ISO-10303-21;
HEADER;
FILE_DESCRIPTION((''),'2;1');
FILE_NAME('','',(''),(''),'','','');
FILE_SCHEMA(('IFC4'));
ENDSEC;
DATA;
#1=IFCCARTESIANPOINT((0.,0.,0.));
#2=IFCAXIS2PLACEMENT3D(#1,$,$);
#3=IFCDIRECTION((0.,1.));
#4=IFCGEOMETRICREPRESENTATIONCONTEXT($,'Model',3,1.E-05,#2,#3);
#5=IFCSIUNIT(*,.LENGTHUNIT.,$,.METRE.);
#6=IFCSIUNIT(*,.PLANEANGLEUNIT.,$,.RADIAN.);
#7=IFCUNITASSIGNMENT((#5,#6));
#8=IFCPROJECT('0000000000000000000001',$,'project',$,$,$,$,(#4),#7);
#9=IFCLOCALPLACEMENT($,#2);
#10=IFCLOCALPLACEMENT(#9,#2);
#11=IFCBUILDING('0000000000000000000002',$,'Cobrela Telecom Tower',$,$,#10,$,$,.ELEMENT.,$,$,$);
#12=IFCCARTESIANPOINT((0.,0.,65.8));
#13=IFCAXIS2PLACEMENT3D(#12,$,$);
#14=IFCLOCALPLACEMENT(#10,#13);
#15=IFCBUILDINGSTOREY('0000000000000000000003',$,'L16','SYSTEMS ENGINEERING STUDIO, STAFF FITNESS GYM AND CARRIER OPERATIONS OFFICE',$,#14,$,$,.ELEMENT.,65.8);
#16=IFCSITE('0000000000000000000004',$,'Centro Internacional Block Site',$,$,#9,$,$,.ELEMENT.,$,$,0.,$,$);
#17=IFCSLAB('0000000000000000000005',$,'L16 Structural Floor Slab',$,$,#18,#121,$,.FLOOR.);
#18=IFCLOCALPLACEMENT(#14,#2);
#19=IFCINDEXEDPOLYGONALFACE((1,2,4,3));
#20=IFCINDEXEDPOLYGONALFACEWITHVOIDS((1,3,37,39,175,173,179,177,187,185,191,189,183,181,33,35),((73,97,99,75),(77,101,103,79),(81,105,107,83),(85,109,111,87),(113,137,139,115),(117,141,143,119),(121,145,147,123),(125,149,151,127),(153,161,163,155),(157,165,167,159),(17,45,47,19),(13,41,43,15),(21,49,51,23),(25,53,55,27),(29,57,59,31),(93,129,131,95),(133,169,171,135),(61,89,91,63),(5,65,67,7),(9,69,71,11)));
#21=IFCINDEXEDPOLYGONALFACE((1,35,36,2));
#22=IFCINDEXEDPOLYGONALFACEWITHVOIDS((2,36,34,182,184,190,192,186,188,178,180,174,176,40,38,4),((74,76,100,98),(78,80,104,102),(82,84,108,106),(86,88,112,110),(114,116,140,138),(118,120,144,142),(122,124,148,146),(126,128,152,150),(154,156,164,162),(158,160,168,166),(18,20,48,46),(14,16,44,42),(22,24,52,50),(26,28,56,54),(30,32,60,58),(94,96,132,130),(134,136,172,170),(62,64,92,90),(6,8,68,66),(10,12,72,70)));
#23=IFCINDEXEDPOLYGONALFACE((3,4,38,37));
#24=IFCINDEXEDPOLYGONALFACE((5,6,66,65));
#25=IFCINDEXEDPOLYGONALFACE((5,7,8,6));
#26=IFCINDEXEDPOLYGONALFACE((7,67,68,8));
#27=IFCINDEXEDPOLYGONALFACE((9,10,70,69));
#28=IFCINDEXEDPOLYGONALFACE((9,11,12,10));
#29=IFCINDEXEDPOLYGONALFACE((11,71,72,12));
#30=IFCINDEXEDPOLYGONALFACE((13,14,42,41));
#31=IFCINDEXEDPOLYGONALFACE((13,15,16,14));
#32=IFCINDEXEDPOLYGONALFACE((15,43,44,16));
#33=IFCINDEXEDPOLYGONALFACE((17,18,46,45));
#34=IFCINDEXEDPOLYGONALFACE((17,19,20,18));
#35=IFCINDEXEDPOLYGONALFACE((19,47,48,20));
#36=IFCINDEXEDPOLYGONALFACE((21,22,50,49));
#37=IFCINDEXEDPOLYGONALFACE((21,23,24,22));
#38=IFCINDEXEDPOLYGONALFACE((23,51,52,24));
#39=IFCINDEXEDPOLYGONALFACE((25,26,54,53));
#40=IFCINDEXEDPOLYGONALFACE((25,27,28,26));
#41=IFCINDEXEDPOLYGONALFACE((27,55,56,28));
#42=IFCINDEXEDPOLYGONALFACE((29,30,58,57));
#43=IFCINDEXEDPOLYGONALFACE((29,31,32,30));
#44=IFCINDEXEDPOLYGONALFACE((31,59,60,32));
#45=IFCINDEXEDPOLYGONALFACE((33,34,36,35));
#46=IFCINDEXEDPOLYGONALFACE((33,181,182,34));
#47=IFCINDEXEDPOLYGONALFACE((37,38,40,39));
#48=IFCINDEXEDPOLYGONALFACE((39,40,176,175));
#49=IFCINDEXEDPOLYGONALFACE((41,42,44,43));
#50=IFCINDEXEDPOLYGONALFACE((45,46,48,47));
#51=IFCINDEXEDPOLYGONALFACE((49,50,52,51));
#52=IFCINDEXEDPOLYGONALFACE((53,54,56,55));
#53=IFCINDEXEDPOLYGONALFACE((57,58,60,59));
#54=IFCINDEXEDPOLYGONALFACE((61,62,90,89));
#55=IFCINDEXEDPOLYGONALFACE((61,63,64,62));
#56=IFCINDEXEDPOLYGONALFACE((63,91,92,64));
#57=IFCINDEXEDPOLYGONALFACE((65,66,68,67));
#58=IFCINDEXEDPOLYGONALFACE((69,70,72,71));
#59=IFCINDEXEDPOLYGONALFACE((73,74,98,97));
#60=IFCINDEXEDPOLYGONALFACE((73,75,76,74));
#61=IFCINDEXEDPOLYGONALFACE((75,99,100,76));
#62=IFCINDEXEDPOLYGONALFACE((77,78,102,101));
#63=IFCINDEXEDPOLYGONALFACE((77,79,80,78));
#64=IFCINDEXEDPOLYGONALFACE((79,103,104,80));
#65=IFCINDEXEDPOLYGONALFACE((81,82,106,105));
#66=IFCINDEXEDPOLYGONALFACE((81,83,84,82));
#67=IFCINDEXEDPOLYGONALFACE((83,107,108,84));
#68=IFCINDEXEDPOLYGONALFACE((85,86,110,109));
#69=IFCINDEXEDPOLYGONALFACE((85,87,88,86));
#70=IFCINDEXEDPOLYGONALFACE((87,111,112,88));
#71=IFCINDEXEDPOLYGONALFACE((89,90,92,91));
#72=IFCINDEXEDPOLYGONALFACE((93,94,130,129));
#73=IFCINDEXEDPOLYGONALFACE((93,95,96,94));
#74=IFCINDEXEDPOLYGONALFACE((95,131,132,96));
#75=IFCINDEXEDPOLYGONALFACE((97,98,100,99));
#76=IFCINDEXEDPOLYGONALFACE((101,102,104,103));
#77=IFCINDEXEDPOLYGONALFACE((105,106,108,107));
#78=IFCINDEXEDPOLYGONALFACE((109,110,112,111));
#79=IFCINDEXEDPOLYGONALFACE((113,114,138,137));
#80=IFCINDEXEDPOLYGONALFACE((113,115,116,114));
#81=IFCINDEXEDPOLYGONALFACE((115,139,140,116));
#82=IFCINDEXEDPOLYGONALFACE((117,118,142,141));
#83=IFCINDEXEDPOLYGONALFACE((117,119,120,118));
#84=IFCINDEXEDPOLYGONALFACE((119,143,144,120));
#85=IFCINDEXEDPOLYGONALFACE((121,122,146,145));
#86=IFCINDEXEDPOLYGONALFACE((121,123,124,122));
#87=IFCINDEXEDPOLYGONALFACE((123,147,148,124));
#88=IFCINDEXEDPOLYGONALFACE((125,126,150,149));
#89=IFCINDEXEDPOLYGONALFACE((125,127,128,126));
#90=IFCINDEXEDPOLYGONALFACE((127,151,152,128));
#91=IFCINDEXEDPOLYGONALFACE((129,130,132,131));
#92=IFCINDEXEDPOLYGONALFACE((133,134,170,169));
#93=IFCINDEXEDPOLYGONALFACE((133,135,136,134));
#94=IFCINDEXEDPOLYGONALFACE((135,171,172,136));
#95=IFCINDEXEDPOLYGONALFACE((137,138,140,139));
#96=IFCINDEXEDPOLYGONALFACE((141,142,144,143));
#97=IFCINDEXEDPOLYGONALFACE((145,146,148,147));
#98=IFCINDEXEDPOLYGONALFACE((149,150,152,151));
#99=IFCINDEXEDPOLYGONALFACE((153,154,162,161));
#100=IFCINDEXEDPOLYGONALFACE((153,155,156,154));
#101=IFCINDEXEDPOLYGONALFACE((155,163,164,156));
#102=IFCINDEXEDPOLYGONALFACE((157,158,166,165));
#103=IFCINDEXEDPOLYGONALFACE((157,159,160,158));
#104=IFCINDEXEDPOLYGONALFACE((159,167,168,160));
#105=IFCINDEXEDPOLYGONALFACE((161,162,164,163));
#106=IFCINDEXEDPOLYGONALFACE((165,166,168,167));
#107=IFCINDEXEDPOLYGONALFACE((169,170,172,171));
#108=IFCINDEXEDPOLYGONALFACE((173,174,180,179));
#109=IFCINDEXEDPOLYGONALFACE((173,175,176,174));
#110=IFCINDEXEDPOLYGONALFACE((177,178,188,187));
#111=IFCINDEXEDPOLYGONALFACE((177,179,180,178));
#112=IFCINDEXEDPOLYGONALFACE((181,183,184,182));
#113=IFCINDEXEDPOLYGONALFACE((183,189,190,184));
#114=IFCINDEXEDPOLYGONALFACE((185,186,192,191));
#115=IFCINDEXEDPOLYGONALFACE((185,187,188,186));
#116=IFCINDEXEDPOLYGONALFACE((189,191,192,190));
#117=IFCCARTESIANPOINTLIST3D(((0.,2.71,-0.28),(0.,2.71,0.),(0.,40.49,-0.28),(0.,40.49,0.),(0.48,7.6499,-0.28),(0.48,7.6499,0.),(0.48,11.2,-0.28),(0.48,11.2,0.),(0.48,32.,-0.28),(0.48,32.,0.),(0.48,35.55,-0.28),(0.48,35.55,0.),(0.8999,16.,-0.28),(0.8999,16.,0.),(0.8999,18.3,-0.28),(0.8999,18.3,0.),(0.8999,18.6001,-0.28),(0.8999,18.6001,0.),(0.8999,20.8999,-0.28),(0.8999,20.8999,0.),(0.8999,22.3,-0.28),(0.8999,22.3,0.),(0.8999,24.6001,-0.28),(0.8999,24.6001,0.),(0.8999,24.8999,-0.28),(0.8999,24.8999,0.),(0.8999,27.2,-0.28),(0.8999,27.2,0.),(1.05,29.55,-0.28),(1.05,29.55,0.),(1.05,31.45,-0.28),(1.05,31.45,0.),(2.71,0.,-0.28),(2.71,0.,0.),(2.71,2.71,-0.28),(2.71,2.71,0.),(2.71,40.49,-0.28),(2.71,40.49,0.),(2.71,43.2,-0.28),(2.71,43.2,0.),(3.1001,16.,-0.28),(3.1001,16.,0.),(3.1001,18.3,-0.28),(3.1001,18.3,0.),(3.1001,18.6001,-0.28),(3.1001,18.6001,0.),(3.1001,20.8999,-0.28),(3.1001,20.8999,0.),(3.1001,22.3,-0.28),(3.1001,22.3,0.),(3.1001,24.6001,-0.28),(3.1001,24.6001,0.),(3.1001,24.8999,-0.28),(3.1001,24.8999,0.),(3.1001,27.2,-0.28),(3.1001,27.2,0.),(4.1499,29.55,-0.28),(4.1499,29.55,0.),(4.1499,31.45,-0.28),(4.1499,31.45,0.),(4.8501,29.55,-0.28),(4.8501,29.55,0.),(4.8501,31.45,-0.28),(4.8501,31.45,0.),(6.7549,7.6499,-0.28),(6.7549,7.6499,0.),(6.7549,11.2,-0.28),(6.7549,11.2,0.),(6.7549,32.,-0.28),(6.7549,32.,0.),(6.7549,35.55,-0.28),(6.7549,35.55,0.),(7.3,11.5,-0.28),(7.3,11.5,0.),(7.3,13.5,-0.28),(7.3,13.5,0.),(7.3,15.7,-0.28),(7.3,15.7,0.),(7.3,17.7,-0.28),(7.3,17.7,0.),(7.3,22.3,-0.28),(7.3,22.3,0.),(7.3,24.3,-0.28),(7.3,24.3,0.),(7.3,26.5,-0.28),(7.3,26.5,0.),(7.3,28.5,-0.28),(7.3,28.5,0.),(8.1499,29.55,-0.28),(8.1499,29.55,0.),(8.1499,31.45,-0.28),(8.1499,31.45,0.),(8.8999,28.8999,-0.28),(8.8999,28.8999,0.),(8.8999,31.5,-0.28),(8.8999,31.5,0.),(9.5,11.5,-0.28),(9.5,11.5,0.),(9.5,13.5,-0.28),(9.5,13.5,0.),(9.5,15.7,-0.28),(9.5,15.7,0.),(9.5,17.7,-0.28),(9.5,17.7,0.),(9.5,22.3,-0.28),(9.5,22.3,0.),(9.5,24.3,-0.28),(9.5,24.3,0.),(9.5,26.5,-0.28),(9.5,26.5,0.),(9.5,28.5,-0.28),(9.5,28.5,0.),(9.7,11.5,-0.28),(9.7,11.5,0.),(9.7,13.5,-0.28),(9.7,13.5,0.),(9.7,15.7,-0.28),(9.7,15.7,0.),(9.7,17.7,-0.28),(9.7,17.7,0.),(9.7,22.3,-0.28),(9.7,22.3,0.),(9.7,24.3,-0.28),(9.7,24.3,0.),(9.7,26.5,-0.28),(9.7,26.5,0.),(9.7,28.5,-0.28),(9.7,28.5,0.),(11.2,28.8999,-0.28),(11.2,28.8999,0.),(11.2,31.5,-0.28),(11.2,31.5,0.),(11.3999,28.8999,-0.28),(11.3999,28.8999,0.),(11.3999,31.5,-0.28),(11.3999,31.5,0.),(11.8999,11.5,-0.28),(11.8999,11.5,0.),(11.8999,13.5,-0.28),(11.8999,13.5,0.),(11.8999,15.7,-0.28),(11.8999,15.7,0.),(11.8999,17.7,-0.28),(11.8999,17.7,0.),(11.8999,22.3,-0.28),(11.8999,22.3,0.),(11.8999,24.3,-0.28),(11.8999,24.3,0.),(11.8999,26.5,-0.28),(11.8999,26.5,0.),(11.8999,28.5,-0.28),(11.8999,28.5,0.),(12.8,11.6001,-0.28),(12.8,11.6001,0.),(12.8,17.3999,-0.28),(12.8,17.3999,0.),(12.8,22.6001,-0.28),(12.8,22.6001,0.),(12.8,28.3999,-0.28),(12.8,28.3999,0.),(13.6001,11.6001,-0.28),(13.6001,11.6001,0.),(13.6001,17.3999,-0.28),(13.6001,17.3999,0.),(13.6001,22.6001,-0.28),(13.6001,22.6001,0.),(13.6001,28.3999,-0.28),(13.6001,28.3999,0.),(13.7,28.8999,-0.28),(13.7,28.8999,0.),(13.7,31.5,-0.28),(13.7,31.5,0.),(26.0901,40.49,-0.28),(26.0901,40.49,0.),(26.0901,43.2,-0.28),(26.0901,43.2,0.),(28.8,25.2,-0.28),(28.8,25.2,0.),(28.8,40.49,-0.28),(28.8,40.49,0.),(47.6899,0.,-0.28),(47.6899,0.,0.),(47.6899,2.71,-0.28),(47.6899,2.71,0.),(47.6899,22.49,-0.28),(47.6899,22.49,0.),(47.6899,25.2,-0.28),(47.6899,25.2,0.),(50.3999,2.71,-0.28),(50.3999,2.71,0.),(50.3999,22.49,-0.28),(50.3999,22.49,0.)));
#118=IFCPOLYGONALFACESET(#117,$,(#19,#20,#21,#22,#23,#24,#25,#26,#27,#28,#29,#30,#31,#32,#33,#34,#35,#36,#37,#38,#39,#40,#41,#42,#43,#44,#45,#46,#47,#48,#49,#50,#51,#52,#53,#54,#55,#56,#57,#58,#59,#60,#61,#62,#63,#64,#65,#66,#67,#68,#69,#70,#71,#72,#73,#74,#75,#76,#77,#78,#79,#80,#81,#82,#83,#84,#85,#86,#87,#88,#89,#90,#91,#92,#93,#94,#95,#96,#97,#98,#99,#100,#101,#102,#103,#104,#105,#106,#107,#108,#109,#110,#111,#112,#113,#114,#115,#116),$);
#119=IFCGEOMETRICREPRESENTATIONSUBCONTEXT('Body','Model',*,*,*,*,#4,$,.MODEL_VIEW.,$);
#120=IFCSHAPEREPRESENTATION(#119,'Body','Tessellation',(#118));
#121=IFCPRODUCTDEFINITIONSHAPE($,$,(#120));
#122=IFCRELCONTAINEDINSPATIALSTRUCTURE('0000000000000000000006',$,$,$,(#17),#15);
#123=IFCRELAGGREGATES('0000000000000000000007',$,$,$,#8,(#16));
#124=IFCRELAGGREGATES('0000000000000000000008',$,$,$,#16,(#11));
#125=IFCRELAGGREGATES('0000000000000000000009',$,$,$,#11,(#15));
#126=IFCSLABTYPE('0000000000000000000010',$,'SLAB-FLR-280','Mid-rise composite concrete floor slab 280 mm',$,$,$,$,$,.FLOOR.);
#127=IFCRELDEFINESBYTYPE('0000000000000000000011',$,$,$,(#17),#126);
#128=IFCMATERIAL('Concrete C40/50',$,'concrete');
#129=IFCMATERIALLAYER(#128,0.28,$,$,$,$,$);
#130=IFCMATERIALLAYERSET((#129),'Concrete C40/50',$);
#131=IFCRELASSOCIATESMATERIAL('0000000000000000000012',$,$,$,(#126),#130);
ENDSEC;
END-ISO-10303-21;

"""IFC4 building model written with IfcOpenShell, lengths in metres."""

from ifc_helpers import new_model, si_unit, direction, frame, origin, place, context, subcontext, project, spatial, polyline, outline, extrude, material, layer, layer_set, type_object, element, save


model = new_model("IFC4")

# Units and contexts
model_context = context("Model", 3, precision=1e-05, world=origin(), true_north=direction((0.0, 1.0)))
body_context = subcontext(model_context, "Body", "Model", "MODEL_VIEW")
ifc_project = project(units=[si_unit("LENGTHUNIT", "METRE"), si_unit("PLANEANGLEUNIT", "RADIAN")], contexts=[model_context])

# Site, building, storey
site_placement = place(None, origin())
site = spatial("IfcSite", under=ifc_project, at=site_placement, Name="Centro Internacional Block Site", CompositionType="ELEMENT", RefElevation=0.0)
building_placement = place(site_placement, origin())
building = spatial("IfcBuilding", under=site, at=building_placement, Name="Cobrela Telecom Tower", CompositionType="ELEMENT")
storey_placement = place(building_placement, frame((0.0, 0.0, 65.8)))
storey = spatial("IfcBuildingStorey", under=building, at=storey_placement, Name="L16", Description="SYSTEMS ENGINEERING STUDIO, STAFF FITNESS GYM AND CARRIER OPERATIONS OFFICE", CompositionType="ELEMENT", Elevation=65.8)

# Slab, openings
ifc_material_1 = material(Name="Concrete C40/50", Category="concrete")
ifc_layer_1 = layer(ifc_material_1, 0.28)
ifc_layer_set_1 = layer_set([ifc_layer_1], Name="Concrete C40/50")
slab_type_1 = type_object("IfcSlabType", Name="SLAB-FLR-280", Description="Mid-rise composite concrete floor slab 280 mm", PredefinedType="FLOOR", material=ifc_layer_set_1)
slab_1_placement = place(storey_placement, frame((0.0, 0.0, -0.28)))
slab_1 = element("IfcSlab", 1, at=slab_1_placement, inside=storey, type_object=slab_type_1, Name="L16 Structural Floor Slab", PredefinedType="FLOOR", context=body_context, shape_type="SweptSolid", body=[
    extrude(outline(polyline([(2.71, 0.0), (47.6899, 0.0), (47.6899, 2.71), (50.3999, 2.71), (50.3999, 22.49), (47.6899, 22.49), (47.6899, 25.2), (28.8, 25.2), (28.8, 40.49), (26.0901, 40.49), (26.0901, 43.2), (2.71, 43.2), (2.71, 40.49), (0.0, 40.49), (0.0, 2.71), (2.71, 2.71), (2.71, 0.0)])), origin(), (0.0, 0.0, 1.0), 0.28),
])
opening_1_placement = place(slab_1_placement, frame((0.0, 0.0, -0.02)))
element("IfcOpeningElement", 2, at=opening_1_placement, cuts=slab_1, PredefinedType="OPENING", context=body_context, shape_type="SweptSolid", body=[
    extrude(outline(polyline([(8.8999, 28.8999), (11.2, 28.8999), (11.2, 31.5), (8.8999, 31.5), (8.8999, 28.8999)])), origin(), (0.0, 0.0, 1.0), 0.3201),
])
opening_2_placement = place(slab_1_placement, frame((0.0, 0.0, -0.02)))
element("IfcOpeningElement", 3, at=opening_2_placement, cuts=slab_1, PredefinedType="OPENING", context=body_context, shape_type="SweptSolid", body=[
    extrude(outline(polyline([(11.3999, 28.8999), (13.7, 28.8999), (13.7, 31.5), (11.3999, 31.5), (11.3999, 28.8999)])), origin(), (0.0, 0.0, 1.0), 0.3201),
])
opening_3_placement = place(slab_1_placement, frame((0.0, 0.0, -0.02)))
element("IfcOpeningElement", 4, at=opening_3_placement, cuts=slab_1, PredefinedType="OPENING", context=body_context, shape_type="SweptSolid", body=[
    extrude(outline(polyline([(7.3, 22.3), (9.5, 22.3), (9.5, 24.3), (7.3, 24.3), (7.3, 22.3)])), origin(), (0.0, 0.0, 1.0), 0.3201),
])
opening_4_placement = place(slab_1_placement, frame((0.0, 0.0, -0.02)))
element("IfcOpeningElement", 5, at=opening_4_placement, cuts=slab_1, PredefinedType="OPENING", context=body_context, shape_type="SweptSolid", body=[
    extrude(outline(polyline([(9.7, 22.3), (11.8999, 22.3), (11.8999, 24.3), (9.7, 24.3), (9.7, 22.3)])), origin(), (0.0, 0.0, 1.0), 0.3201),
])
opening_5_placement = place(slab_1_placement, frame((0.0, 0.0, -0.02)))
element("IfcOpeningElement", 6, at=opening_5_placement, cuts=slab_1, PredefinedType="OPENING", context=body_context, shape_type="SweptSolid", body=[
    extrude(outline(polyline([(7.3, 26.5), (9.5, 26.5), (9.5, 28.5), (7.3, 28.5), (7.3, 26.5)])), origin(), (0.0, 0.0, 1.0), 0.3201),
])
opening_6_placement = place(slab_1_placement, frame((0.0, 0.0, -0.02)))
element("IfcOpeningElement", 7, at=opening_6_placement, cuts=slab_1, PredefinedType="OPENING", context=body_context, shape_type="SweptSolid", body=[
    extrude(outline(polyline([(9.7, 26.5), (11.8999, 26.5), (11.8999, 28.5), (9.7, 28.5), (9.7, 26.5)])), origin(), (0.0, 0.0, 1.0), 0.3201),
])
opening_7_placement = place(slab_1_placement, frame((0.0, 0.0, -0.02)))
element("IfcOpeningElement", 8, at=opening_7_placement, cuts=slab_1, PredefinedType="OPENING", context=body_context, shape_type="SweptSolid", body=[
    extrude(outline(polyline([(7.3, 15.7), (9.5, 15.7), (9.5, 17.7), (7.3, 17.7), (7.3, 15.7)])), origin(), (0.0, 0.0, 1.0), 0.3201),
])
opening_8_placement = place(slab_1_placement, frame((0.0, 0.0, -0.02)))
element("IfcOpeningElement", 9, at=opening_8_placement, cuts=slab_1, PredefinedType="OPENING", context=body_context, shape_type="SweptSolid", body=[
    extrude(outline(polyline([(9.7, 15.7), (11.8999, 15.7), (11.8999, 17.7), (9.7, 17.7), (9.7, 15.7)])), origin(), (0.0, 0.0, 1.0), 0.3201),
])
opening_9_placement = place(slab_1_placement, frame((0.0, 0.0, -0.02)))
element("IfcOpeningElement", 10, at=opening_9_placement, cuts=slab_1, PredefinedType="OPENING", context=body_context, shape_type="SweptSolid", body=[
    extrude(outline(polyline([(7.3, 11.5), (9.5, 11.5), (9.5, 13.5), (7.3, 13.5), (7.3, 11.5)])), origin(), (0.0, 0.0, 1.0), 0.3201),
])
opening_10_placement = place(slab_1_placement, frame((0.0, 0.0, -0.02)))
element("IfcOpeningElement", 11, at=opening_10_placement, cuts=slab_1, PredefinedType="OPENING", context=body_context, shape_type="SweptSolid", body=[
    extrude(outline(polyline([(9.7, 11.5), (11.8999, 11.5), (11.8999, 13.5), (9.7, 13.5), (9.7, 11.5)])), origin(), (0.0, 0.0, 1.0), 0.3201),
])
opening_11_placement = place(slab_1_placement, frame((0.0, 0.0, -0.02)))
element("IfcOpeningElement", 12, at=opening_11_placement, cuts=slab_1, PredefinedType="OPENING", context=body_context, shape_type="SweptSolid", body=[
    extrude(outline(polyline([(0.8999, 16.0), (3.1001, 16.0), (3.1001, 18.3), (0.8999, 18.3), (0.8999, 16.0)])), origin(), (0.0, 0.0, 1.0), 0.3201),
])
opening_12_placement = place(slab_1_placement, frame((0.0, 0.0, -0.02)))
element("IfcOpeningElement", 13, at=opening_12_placement, cuts=slab_1, PredefinedType="OPENING", context=body_context, shape_type="SweptSolid", body=[
    extrude(outline(polyline([(0.8999, 18.6001), (3.1001, 18.6001), (3.1001, 20.8999), (0.8999, 20.8999), (0.8999, 18.6001)])), origin(), (0.0, 0.0, 1.0), 0.3201),
])
opening_13_placement = place(slab_1_placement, frame((0.0, 0.0, -0.02)))
element("IfcOpeningElement", 14, at=opening_13_placement, cuts=slab_1, PredefinedType="OPENING", context=body_context, shape_type="SweptSolid", body=[
    extrude(outline(polyline([(0.8999, 22.3), (3.1001, 22.3), (3.1001, 24.6001), (0.8999, 24.6001), (0.8999, 22.3)])), origin(), (0.0, 0.0, 1.0), 0.3201),
])
opening_14_placement = place(slab_1_placement, frame((0.0, 0.0, -0.02)))
element("IfcOpeningElement", 15, at=opening_14_placement, cuts=slab_1, PredefinedType="OPENING", context=body_context, shape_type="SweptSolid", body=[
    extrude(outline(polyline([(0.8999, 24.8999), (3.1001, 24.8999), (3.1001, 27.2), (0.8999, 27.2), (0.8999, 24.8999)])), origin(), (0.0, 0.0, 1.0), 0.3201),
])
opening_15_placement = place(slab_1_placement, frame((0.0, 0.0, -0.02)))
element("IfcOpeningElement", 16, at=opening_15_placement, cuts=slab_1, PredefinedType="OPENING", context=body_context, shape_type="SweptSolid", body=[
    extrude(outline(polyline([(1.05, 29.55), (4.1499, 29.55), (4.1499, 31.45), (1.05, 31.45), (1.05, 29.55)])), origin(), (0.0, 0.0, 1.0), 0.3201),
])
opening_16_placement = place(slab_1_placement, frame((0.0, 0.0, -0.02)))
element("IfcOpeningElement", 17, at=opening_16_placement, cuts=slab_1, PredefinedType="OPENING", context=body_context, shape_type="SweptSolid", body=[
    extrude(outline(polyline([(4.8501, 29.55), (8.1499, 29.55), (8.1499, 31.45), (4.8501, 31.45), (4.8501, 29.55)])), origin(), (0.0, 0.0, 1.0), 0.3201),
])
opening_17_placement = place(slab_1_placement, frame((0.0, 0.0, -0.02)))
element("IfcOpeningElement", 18, at=opening_17_placement, cuts=slab_1, PredefinedType="OPENING", context=body_context, shape_type="SweptSolid", body=[
    extrude(outline(polyline([(12.8, 22.6001), (13.6001, 22.6001), (13.6001, 28.3999), (12.8, 28.3999), (12.8, 22.6001)])), origin(), (0.0, 0.0, 1.0), 0.3201),
])
opening_18_placement = place(slab_1_placement, frame((0.0, 0.0, -0.02)))
element("IfcOpeningElement", 19, at=opening_18_placement, cuts=slab_1, PredefinedType="OPENING", context=body_context, shape_type="SweptSolid", body=[
    extrude(outline(polyline([(12.8, 11.6001), (13.6001, 11.6001), (13.6001, 17.3999), (12.8, 17.3999), (12.8, 11.6001)])), origin(), (0.0, 0.0, 1.0), 0.3201),
])
opening_19_placement = place(slab_1_placement, frame((0.0, 0.0, -0.02)))
element("IfcOpeningElement", 20, at=opening_19_placement, cuts=slab_1, PredefinedType="OPENING", context=body_context, shape_type="SweptSolid", body=[
    extrude(outline(polyline([(6.7549, 35.55), (0.48, 35.55), (0.48, 32.0), (6.7549, 32.0), (6.7549, 35.55)])), origin(), (0.0, 0.0, 1.0), 0.3201),
])
opening_20_placement = place(slab_1_placement, frame((0.0, 0.0, -0.02)))
element("IfcOpeningElement", 21, at=opening_20_placement, cuts=slab_1, PredefinedType="OPENING", context=body_context, shape_type="SweptSolid", body=[
    extrude(outline(polyline([(6.7549, 11.2), (0.48, 11.2), (0.48, 7.6499), (6.7549, 7.6499), (6.7549, 11.2)])), origin(), (0.0, 0.0, 1.0), 0.3201),
])

save(model, "model.ifc")
